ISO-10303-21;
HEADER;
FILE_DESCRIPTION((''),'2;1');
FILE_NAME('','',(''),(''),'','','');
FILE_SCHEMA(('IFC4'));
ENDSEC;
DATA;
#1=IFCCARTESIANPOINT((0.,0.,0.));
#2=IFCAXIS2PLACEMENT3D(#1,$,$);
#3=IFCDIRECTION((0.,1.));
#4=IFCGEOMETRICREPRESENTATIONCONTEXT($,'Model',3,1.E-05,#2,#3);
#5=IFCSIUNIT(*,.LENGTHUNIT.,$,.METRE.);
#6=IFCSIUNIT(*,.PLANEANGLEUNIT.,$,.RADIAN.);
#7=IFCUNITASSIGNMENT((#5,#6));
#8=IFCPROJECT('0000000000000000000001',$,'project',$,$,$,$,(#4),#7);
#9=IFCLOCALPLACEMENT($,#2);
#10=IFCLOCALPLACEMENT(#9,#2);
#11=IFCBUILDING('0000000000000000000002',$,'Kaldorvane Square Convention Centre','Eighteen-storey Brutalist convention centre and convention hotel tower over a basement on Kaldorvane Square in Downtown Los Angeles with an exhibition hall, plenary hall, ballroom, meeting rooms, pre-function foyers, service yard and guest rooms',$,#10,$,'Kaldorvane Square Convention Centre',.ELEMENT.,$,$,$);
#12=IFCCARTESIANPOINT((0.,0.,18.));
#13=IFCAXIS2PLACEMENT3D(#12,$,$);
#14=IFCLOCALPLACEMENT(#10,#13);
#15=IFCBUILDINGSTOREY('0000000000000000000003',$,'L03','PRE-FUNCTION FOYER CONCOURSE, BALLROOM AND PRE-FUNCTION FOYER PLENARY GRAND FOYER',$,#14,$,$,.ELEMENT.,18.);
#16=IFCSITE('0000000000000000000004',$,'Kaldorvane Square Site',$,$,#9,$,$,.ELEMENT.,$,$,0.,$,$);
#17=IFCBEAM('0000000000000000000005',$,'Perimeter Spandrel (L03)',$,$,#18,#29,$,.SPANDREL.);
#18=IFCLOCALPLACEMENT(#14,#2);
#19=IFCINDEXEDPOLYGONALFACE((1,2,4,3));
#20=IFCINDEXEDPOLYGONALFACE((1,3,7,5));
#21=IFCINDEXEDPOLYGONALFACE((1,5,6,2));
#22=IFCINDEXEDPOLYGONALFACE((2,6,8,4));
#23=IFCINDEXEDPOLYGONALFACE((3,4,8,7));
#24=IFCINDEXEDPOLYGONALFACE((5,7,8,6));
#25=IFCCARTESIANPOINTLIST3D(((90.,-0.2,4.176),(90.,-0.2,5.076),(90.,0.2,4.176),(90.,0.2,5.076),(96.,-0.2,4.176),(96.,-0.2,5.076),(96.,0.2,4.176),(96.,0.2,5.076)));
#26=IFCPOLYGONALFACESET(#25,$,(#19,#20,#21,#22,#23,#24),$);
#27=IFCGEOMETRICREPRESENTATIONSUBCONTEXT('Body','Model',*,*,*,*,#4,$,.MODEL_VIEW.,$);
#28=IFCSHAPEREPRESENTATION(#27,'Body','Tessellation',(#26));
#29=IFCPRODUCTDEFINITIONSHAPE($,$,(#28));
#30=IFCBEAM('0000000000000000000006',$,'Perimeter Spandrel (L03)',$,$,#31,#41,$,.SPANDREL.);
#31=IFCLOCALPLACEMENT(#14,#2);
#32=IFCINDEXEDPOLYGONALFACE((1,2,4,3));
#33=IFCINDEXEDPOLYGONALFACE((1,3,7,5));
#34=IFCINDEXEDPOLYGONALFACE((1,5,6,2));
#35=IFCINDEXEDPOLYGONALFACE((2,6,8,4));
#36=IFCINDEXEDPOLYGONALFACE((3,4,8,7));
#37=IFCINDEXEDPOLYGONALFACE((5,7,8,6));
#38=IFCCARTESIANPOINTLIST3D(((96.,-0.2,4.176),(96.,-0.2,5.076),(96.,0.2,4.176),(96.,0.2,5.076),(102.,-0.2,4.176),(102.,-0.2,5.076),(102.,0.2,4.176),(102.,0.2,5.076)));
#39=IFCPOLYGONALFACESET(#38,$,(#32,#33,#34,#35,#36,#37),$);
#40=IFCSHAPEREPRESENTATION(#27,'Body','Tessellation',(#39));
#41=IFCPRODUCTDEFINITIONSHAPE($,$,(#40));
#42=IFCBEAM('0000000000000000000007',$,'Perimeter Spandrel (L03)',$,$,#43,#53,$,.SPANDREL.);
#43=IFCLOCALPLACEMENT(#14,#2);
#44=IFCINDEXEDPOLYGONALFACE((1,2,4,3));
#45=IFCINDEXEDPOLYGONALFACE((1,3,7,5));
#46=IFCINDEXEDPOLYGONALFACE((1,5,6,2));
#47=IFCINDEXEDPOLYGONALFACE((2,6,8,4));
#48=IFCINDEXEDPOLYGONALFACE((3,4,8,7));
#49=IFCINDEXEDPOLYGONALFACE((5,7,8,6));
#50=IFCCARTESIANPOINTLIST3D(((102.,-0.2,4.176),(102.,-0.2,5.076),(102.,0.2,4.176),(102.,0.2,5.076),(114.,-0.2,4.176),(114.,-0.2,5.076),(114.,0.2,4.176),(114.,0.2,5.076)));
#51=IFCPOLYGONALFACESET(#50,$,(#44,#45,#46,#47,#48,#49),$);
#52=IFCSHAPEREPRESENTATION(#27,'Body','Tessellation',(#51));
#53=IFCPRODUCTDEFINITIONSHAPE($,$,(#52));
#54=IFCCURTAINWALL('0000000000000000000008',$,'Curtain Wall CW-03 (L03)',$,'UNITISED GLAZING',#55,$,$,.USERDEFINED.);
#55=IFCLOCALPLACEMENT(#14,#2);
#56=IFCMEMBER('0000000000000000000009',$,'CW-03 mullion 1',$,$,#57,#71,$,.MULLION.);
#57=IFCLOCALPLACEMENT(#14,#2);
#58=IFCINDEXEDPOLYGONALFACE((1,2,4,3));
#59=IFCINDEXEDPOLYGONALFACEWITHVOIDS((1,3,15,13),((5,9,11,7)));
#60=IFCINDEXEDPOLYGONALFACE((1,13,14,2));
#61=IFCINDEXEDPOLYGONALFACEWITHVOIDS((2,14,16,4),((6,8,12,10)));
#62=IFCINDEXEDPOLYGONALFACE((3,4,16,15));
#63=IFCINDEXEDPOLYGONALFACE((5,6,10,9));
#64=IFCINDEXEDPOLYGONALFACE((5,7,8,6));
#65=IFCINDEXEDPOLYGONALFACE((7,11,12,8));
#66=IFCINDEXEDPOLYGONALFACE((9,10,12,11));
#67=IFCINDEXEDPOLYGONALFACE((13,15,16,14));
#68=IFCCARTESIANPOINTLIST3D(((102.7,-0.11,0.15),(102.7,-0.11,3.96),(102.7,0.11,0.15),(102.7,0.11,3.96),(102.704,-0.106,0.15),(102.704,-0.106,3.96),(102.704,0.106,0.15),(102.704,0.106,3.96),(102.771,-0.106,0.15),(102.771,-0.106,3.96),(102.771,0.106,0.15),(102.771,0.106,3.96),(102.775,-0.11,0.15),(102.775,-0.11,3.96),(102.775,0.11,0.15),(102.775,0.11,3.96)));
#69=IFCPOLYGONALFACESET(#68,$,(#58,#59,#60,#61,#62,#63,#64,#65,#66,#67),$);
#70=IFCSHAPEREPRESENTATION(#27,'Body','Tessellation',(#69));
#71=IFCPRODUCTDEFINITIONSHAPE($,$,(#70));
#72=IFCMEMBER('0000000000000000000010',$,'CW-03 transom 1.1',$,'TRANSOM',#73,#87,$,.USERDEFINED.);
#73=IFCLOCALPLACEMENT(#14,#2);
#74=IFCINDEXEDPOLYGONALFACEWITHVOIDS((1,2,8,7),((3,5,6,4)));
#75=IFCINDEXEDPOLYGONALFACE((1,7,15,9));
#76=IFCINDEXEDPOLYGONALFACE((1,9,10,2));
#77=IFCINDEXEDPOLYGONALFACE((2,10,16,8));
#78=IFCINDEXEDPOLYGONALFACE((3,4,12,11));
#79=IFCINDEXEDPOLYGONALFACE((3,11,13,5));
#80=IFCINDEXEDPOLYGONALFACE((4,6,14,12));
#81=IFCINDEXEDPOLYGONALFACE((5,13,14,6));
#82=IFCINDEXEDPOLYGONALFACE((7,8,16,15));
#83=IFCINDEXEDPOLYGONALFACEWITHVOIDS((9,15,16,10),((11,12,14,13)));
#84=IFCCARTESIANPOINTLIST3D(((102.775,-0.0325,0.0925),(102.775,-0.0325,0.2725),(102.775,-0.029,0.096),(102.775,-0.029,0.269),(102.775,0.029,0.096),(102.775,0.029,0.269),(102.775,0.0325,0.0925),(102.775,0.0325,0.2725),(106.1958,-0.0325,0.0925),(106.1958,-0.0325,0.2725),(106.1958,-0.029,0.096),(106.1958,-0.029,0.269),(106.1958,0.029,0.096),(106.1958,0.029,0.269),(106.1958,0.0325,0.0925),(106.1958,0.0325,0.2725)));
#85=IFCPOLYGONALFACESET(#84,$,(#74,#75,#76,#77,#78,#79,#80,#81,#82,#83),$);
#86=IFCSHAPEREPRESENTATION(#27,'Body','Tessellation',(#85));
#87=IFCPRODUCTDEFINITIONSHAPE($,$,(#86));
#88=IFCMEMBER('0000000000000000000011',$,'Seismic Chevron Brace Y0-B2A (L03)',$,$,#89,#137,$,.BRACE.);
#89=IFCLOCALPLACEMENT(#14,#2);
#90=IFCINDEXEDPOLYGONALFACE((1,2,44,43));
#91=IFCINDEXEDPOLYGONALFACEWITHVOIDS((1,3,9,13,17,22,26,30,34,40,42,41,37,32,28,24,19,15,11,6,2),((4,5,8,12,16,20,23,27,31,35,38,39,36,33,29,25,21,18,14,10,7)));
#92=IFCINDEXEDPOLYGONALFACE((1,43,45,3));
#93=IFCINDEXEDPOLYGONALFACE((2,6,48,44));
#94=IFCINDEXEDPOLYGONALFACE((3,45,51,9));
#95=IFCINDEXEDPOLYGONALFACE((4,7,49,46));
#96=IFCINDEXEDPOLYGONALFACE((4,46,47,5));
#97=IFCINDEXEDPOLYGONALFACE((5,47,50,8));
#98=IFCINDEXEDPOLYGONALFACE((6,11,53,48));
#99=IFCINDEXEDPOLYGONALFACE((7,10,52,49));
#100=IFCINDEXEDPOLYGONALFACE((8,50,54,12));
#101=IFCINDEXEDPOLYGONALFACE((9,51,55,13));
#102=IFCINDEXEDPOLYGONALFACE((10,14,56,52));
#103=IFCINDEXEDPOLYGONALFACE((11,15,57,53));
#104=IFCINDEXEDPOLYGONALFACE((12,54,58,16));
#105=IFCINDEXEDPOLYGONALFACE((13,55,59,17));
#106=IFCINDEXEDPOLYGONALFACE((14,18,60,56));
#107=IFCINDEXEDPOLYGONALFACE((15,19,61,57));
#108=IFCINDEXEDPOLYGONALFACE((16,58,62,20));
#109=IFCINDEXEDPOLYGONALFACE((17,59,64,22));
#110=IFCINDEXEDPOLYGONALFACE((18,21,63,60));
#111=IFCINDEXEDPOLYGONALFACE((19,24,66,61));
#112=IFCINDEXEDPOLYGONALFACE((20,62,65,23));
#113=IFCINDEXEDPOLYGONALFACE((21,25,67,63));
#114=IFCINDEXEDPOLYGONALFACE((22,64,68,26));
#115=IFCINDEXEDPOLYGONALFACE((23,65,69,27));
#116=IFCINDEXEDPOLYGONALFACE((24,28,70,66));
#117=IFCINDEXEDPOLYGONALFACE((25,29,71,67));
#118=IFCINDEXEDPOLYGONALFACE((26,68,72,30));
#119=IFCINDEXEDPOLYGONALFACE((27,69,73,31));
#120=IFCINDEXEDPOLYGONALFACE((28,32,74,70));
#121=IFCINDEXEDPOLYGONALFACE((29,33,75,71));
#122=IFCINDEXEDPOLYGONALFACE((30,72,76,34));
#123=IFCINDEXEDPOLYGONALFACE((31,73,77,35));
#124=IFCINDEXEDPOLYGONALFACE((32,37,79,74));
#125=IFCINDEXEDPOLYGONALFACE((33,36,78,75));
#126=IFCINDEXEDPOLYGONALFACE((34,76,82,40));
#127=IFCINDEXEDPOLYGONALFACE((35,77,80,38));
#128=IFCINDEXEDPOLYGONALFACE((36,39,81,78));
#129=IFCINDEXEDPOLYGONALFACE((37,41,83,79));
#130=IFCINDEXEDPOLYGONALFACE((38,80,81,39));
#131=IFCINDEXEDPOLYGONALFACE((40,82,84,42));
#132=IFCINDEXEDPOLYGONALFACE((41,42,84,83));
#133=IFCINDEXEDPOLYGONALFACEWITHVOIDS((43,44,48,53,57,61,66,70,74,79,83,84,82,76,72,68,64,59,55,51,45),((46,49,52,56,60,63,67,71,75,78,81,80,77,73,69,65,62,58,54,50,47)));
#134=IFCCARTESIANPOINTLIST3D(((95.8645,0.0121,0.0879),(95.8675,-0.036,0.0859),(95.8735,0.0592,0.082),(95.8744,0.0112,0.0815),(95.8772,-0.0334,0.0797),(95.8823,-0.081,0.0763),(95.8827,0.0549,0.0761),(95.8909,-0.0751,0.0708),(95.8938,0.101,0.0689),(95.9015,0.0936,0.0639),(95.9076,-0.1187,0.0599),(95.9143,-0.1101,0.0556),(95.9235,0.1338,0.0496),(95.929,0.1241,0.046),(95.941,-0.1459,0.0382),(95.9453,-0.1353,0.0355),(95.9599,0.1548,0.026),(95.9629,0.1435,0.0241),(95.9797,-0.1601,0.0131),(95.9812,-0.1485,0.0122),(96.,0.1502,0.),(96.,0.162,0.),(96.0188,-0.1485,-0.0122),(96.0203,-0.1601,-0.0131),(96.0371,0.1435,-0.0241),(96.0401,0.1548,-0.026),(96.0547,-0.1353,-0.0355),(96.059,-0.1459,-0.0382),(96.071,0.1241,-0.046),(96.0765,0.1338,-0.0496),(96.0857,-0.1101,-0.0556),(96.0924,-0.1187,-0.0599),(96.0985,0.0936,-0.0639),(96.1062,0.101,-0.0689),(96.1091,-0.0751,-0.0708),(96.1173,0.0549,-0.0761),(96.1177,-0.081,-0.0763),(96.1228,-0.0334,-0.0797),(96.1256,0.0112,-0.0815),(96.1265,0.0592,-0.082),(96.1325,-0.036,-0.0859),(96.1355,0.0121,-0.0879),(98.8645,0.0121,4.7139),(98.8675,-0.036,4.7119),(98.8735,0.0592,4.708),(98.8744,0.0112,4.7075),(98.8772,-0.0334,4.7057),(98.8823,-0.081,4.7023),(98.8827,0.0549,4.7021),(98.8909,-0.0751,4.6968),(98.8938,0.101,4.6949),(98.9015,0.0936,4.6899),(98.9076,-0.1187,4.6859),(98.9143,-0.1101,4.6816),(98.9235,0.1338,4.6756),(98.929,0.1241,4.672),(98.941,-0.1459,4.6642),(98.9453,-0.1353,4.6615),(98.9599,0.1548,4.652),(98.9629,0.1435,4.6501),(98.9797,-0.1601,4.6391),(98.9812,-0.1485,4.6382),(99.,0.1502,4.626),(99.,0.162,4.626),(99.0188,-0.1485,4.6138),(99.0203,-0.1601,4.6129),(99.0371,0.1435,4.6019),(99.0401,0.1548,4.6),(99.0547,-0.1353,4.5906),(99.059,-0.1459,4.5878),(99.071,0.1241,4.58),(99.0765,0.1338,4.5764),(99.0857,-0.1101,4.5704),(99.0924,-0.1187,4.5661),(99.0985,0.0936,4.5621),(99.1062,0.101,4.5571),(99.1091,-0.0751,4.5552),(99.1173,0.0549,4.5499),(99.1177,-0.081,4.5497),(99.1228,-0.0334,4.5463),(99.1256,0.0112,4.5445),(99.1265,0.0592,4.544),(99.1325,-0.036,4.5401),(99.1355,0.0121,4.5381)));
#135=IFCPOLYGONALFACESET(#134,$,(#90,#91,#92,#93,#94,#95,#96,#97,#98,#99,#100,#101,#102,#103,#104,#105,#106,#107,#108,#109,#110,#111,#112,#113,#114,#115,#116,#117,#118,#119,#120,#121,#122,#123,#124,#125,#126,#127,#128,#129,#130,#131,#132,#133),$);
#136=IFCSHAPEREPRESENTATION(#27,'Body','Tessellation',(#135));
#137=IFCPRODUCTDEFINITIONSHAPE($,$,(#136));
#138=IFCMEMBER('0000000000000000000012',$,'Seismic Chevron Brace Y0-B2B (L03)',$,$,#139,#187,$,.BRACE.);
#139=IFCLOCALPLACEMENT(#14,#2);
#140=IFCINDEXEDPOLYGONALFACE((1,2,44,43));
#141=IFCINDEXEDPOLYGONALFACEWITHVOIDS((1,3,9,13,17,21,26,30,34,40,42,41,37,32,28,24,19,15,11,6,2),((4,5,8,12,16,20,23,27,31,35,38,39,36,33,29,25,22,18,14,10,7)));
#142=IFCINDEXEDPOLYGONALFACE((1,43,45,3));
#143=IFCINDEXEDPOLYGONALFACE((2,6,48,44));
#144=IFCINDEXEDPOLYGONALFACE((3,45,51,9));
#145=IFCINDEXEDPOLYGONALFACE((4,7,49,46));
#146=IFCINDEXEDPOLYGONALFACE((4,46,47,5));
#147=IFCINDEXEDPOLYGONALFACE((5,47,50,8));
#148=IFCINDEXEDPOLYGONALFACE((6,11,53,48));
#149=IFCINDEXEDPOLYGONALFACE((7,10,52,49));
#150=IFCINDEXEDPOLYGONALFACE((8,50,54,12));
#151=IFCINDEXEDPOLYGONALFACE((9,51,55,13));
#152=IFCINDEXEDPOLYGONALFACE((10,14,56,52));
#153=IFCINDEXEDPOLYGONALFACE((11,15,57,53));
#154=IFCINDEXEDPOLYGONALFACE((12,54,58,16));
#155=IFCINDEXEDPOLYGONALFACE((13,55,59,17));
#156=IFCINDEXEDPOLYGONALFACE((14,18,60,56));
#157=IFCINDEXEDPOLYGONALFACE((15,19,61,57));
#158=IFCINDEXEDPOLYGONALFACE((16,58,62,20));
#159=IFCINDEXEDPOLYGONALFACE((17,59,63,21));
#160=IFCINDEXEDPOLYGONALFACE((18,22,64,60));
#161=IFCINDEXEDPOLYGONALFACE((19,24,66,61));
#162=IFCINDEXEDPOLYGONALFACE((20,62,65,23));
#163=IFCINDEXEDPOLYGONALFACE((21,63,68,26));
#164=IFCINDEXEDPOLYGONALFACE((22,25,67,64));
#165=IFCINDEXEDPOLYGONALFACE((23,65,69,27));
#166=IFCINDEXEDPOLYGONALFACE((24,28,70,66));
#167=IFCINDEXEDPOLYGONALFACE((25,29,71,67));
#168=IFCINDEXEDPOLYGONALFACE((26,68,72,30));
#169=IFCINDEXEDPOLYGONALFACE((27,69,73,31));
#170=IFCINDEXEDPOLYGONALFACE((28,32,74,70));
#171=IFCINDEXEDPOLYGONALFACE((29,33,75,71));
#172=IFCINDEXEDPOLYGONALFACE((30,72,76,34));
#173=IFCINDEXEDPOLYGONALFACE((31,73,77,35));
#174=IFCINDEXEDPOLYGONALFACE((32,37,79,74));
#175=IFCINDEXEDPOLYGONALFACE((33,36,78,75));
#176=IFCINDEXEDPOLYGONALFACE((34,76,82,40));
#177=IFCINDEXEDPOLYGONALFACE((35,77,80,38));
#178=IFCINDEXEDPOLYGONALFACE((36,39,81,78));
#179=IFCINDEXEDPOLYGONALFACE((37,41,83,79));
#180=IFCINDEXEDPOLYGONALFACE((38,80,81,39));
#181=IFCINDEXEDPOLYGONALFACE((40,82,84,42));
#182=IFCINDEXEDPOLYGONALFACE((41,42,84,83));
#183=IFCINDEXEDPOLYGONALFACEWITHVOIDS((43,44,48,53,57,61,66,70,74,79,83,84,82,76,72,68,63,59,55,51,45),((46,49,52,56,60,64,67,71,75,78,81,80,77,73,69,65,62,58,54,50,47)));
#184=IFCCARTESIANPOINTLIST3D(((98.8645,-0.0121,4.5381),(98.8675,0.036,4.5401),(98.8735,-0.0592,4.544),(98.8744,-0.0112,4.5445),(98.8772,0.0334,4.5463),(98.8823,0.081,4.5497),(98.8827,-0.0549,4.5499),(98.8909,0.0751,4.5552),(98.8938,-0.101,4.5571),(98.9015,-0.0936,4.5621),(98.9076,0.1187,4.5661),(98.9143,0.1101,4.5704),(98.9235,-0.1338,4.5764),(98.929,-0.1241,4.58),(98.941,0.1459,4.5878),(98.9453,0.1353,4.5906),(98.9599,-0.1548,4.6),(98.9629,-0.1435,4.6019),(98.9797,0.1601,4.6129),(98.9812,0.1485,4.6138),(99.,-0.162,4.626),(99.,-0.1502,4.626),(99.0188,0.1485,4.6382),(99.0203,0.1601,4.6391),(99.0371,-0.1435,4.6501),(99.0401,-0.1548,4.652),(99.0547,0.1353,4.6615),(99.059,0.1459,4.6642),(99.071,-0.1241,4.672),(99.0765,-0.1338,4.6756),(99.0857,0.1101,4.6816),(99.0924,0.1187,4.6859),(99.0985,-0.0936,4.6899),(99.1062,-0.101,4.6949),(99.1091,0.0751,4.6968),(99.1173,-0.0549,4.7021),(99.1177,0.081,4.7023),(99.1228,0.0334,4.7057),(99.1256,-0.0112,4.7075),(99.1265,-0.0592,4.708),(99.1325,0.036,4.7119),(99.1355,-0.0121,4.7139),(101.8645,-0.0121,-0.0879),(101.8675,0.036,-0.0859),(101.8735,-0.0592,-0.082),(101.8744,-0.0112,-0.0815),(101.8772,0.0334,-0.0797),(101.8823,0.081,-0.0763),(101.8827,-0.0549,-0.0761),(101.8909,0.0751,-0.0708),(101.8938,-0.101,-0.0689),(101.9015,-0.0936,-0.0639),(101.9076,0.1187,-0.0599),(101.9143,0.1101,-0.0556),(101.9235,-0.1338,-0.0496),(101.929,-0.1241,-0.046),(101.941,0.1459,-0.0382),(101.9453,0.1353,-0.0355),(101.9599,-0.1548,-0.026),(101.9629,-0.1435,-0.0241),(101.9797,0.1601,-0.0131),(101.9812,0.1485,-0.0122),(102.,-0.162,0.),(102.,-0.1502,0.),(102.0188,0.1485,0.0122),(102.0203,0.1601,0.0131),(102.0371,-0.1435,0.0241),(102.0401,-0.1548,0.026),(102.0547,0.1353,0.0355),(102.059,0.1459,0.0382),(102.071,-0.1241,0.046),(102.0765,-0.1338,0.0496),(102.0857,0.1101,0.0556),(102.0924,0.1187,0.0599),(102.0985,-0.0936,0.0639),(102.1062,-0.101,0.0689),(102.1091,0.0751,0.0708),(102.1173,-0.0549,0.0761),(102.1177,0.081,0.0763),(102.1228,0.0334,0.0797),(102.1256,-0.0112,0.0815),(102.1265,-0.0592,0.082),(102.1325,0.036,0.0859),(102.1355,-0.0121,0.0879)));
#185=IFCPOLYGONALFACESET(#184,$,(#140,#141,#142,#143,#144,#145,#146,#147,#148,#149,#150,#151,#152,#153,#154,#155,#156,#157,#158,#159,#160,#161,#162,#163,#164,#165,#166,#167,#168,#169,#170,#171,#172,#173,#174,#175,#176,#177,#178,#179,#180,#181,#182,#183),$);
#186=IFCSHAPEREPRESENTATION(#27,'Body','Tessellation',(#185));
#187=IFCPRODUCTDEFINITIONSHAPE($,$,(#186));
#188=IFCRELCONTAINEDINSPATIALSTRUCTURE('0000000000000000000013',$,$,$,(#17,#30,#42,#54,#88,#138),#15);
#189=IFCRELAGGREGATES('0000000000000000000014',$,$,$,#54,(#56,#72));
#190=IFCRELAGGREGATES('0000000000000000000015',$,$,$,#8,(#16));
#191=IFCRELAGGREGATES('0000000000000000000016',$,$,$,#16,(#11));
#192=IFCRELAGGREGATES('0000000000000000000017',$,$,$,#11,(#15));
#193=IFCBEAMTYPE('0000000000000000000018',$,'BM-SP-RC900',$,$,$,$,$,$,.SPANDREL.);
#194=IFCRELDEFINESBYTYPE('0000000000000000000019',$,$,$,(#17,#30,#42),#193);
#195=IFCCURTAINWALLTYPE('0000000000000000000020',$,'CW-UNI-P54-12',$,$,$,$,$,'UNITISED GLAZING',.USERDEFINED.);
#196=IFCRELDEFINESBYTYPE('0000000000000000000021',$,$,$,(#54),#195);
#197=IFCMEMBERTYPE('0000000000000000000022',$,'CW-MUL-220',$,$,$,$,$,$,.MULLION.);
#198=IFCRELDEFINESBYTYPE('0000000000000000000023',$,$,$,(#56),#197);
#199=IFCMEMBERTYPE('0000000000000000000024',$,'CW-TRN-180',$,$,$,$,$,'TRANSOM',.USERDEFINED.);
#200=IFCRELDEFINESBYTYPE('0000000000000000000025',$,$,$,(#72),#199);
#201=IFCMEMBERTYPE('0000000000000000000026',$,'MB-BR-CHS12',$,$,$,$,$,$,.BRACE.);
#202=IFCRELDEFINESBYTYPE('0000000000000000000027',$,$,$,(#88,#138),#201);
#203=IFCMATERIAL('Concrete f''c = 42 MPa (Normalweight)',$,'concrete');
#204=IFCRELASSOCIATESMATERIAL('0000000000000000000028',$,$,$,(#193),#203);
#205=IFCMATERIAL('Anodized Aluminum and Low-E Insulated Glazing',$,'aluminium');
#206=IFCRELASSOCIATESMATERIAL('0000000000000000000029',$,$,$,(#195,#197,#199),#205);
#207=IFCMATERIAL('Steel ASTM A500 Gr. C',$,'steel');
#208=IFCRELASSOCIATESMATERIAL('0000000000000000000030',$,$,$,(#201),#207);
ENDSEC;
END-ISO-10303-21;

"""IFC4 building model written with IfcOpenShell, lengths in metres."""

from ifc_helpers import new_model, si_unit, direction, frame, origin, origin_2d, place, context, subcontext, project, spatial, rectangle, hollow_rectangle, hollow_circle, extrude, material, material_profile, profile_set, type_object, element, aggregate, save


model = new_model("IFC4")

# Units and contexts
model_context = context("Model", 3, precision=1e-05, world=origin(), true_north=direction((0.0, 1.0)))
body_context = subcontext(model_context, "Body", "Model", "MODEL_VIEW")
ifc_project = project(units=[si_unit("LENGTHUNIT", "METRE"), si_unit("PLANEANGLEUNIT", "RADIAN")], contexts=[model_context])

# Site, building, storey
site_placement = place(None, origin())
site = spatial("IfcSite", under=ifc_project, at=site_placement, Name="Kaldorvane Square Site", CompositionType="ELEMENT", RefElevation=0.0)
building_placement = place(site_placement, origin())
building = spatial("IfcBuilding", under=site, at=building_placement, Name="Kaldorvane Square Convention Centre", Description="Eighteen-storey Brutalist convention centre and convention hotel tower over a basement on Kaldorvane Square in Downtown Los Angeles with an exhibition hall, plenary hall, ballroom, meeting rooms, pre-function foyers, service yard and guest rooms", LongName="Kaldorvane Square Convention Centre", CompositionType="ELEMENT")
storey_placement = place(building_placement, frame((0.0, 0.0, 18.0)))
storey = spatial("IfcBuildingStorey", under=building, at=storey_placement, Name="L03", Description="PRE-FUNCTION FOYER CONCOURSE, BALLROOM AND PRE-FUNCTION FOYER PLENARY GRAND FOYER", CompositionType="ELEMENT", Elevation=18.0)

# Beams
ifc_material_1 = material(Name="Concrete f'c = 42 MPa (Normalweight)", Category="concrete")
ifc_material_profile_1 = material_profile(ifc_material_1, rectangle(XDim=0.4, YDim=0.9, at=origin_2d()), Name="RCSP900X400")
ifc_profile_set_1 = profile_set([ifc_material_profile_1], Name="Concrete f'c = 42 MPa (Normalweight)")
beam_type_1 = type_object("IfcBeamType", Name="BM-SP-RC900", PredefinedType="SPANDREL", material=ifc_profile_set_1)
for number, where, z_axis, x_axis, name in (
    (1, (90.0, 0.0, 4.626), (1.0, 0.0, 0.0), (0.0, 1.0, 0.0), "Perimeter Spandrel (L03)"),
    (2, (96.0, 0.0, 4.626), (1.0, 0.0, 0.0), (0.0, 1.0, 0.0), "Perimeter Spandrel (L03)"),
):
    element("IfcBeam", number, at=place(storey_placement, frame(where, z_axis=z_axis, x_axis=x_axis)), inside=storey, type_object=beam_type_1, Name=name, PredefinedType="SPANDREL", context=body_context, shape_type="SweptSolid", body=[
        extrude(rectangle(XDim=0.4, YDim=0.9, at=origin_2d()), origin(), (0.0, 0.0, 1.0), 6.0),
    ])
beam_placement = place(storey_placement, frame((102.0, 0.0, 4.626), z_axis=(1.0, 0.0, 0.0), x_axis=(0.0, 1.0, 0.0)))
element("IfcBeam", 3, at=beam_placement, inside=storey, type_object=beam_type_1, Name="Perimeter Spandrel (L03)", PredefinedType="SPANDREL", context=body_context, shape_type="SweptSolid", body=[
    extrude(rectangle(XDim=0.4, YDim=0.9, at=origin_2d()), origin(), (0.0, 0.0, 1.0), 12.0),
])

# Curtain wall, members
ifc_material_2 = material(Name="Anodized Aluminum and Low-E Insulated Glazing", Category="aluminium")
curtain_wall_type = type_object("IfcCurtainWallType", Name="CW-UNI-P54-12", ElementType="UNITISED GLAZING", PredefinedType="USERDEFINED", material=ifc_material_2)
curtain_wall_placement = place(storey_placement, origin())
curtain_wall = element("IfcCurtainWall", 4, at=curtain_wall_placement, inside=storey, type_object=curtain_wall_type, Name="Curtain Wall CW-03 (L03)", ObjectType="UNITISED GLAZING", PredefinedType="USERDEFINED")
ifc_material_profile_2 = material_profile(ifc_material_2, hollow_rectangle(XDim=0.075, YDim=0.22, WallThickness=0.004, at=origin_2d()), Name="CWM-220X75")
ifc_profile_set_2 = profile_set([ifc_material_profile_2], Name="Anodized Aluminum and Low-E Insulated Glazing")
member_type_1 = type_object("IfcMemberType", Name="CW-MUL-220", PredefinedType="MULLION", material=ifc_profile_set_2)
member_1_placement = place(storey_placement, frame((102.7375, 0.0, 0.15), z_axis=(0.0, 0.0, 1.0), x_axis=(1.0, 0.0, 0.0)))
member_1 = element("IfcMember", 5, at=member_1_placement, type_object=member_type_1, Name="CW-03 mullion 1", PredefinedType="MULLION", context=body_context, shape_type="SweptSolid", body=[
    extrude(hollow_rectangle(XDim=0.075, YDim=0.22, WallThickness=0.004, at=origin_2d()), origin(), (0.0, 0.0, 1.0), 3.81),
])
ifc_material_profile_3 = material_profile(ifc_material_2, hollow_rectangle(XDim=0.065, YDim=0.18, WallThickness=0.0035, at=origin_2d()), Name="CWT-180X65")
ifc_profile_set_3 = profile_set([ifc_material_profile_3], Name="Anodized Aluminum and Low-E Insulated Glazing")
member_type_2 = type_object("IfcMemberType", Name="CW-TRN-180", ElementType="TRANSOM", PredefinedType="USERDEFINED", material=ifc_profile_set_3)
member_2_placement = place(storey_placement, frame((102.775, 0.0, 0.1825), z_axis=(1.0, 0.0, 0.0), x_axis=(0.0, 1.0, 0.0)))
member_2 = element("IfcMember", 6, at=member_2_placement, type_object=member_type_2, Name="CW-03 transom 1.1", ObjectType="TRANSOM", PredefinedType="USERDEFINED", context=body_context, shape_type="SweptSolid", body=[
    extrude(hollow_rectangle(XDim=0.065, YDim=0.18, WallThickness=0.0035, at=origin_2d()), origin(), (0.0, 0.0, 1.0), 3.4208),
])
aggregate(curtain_wall, [member_1, member_2])

# Members
ifc_material_3 = material(Name="Steel ASTM A500 Gr. C", Category="steel")
ifc_material_profile_4 = material_profile(ifc_material_3, hollow_circle(Radius=0.162, WallThickness=0.0118, at=origin_2d()), Name="HSS12.750X0.500")
ifc_profile_set_4 = profile_set([ifc_material_profile_4], Name="Steel ASTM A500 Gr. C")
member_type_3 = type_object("IfcMemberType", Name="MB-BR-CHS12", PredefinedType="BRACE", material=ifc_profile_set_4)
for number, where, z_axis, x_axis, name in (
    (7, (96.0, 0.0, 0.0), (0.544108, 0.0, 0.839015), (0.0, 1.0, 0.0), "Seismic Chevron Brace Y0-B2A (L03)"),
    (8, (102.0, 0.0, 0.0), (-0.544108, 0.0, 0.839015), (0.0, -1.0, 0.0), "Seismic Chevron Brace Y0-B2B (L03)"),
):
    element("IfcMember", number, at=place(storey_placement, frame(where, z_axis=z_axis, x_axis=x_axis)), inside=storey, type_object=member_type_3, Name=name, PredefinedType="BRACE", context=body_context, shape_type="SweptSolid", body=[
        extrude(hollow_circle(Radius=0.162, WallThickness=0.0118, at=origin_2d()), origin(), (0.0, 0.0, 1.0), 5.5136),
    ])

save(model, "model.ifc")
